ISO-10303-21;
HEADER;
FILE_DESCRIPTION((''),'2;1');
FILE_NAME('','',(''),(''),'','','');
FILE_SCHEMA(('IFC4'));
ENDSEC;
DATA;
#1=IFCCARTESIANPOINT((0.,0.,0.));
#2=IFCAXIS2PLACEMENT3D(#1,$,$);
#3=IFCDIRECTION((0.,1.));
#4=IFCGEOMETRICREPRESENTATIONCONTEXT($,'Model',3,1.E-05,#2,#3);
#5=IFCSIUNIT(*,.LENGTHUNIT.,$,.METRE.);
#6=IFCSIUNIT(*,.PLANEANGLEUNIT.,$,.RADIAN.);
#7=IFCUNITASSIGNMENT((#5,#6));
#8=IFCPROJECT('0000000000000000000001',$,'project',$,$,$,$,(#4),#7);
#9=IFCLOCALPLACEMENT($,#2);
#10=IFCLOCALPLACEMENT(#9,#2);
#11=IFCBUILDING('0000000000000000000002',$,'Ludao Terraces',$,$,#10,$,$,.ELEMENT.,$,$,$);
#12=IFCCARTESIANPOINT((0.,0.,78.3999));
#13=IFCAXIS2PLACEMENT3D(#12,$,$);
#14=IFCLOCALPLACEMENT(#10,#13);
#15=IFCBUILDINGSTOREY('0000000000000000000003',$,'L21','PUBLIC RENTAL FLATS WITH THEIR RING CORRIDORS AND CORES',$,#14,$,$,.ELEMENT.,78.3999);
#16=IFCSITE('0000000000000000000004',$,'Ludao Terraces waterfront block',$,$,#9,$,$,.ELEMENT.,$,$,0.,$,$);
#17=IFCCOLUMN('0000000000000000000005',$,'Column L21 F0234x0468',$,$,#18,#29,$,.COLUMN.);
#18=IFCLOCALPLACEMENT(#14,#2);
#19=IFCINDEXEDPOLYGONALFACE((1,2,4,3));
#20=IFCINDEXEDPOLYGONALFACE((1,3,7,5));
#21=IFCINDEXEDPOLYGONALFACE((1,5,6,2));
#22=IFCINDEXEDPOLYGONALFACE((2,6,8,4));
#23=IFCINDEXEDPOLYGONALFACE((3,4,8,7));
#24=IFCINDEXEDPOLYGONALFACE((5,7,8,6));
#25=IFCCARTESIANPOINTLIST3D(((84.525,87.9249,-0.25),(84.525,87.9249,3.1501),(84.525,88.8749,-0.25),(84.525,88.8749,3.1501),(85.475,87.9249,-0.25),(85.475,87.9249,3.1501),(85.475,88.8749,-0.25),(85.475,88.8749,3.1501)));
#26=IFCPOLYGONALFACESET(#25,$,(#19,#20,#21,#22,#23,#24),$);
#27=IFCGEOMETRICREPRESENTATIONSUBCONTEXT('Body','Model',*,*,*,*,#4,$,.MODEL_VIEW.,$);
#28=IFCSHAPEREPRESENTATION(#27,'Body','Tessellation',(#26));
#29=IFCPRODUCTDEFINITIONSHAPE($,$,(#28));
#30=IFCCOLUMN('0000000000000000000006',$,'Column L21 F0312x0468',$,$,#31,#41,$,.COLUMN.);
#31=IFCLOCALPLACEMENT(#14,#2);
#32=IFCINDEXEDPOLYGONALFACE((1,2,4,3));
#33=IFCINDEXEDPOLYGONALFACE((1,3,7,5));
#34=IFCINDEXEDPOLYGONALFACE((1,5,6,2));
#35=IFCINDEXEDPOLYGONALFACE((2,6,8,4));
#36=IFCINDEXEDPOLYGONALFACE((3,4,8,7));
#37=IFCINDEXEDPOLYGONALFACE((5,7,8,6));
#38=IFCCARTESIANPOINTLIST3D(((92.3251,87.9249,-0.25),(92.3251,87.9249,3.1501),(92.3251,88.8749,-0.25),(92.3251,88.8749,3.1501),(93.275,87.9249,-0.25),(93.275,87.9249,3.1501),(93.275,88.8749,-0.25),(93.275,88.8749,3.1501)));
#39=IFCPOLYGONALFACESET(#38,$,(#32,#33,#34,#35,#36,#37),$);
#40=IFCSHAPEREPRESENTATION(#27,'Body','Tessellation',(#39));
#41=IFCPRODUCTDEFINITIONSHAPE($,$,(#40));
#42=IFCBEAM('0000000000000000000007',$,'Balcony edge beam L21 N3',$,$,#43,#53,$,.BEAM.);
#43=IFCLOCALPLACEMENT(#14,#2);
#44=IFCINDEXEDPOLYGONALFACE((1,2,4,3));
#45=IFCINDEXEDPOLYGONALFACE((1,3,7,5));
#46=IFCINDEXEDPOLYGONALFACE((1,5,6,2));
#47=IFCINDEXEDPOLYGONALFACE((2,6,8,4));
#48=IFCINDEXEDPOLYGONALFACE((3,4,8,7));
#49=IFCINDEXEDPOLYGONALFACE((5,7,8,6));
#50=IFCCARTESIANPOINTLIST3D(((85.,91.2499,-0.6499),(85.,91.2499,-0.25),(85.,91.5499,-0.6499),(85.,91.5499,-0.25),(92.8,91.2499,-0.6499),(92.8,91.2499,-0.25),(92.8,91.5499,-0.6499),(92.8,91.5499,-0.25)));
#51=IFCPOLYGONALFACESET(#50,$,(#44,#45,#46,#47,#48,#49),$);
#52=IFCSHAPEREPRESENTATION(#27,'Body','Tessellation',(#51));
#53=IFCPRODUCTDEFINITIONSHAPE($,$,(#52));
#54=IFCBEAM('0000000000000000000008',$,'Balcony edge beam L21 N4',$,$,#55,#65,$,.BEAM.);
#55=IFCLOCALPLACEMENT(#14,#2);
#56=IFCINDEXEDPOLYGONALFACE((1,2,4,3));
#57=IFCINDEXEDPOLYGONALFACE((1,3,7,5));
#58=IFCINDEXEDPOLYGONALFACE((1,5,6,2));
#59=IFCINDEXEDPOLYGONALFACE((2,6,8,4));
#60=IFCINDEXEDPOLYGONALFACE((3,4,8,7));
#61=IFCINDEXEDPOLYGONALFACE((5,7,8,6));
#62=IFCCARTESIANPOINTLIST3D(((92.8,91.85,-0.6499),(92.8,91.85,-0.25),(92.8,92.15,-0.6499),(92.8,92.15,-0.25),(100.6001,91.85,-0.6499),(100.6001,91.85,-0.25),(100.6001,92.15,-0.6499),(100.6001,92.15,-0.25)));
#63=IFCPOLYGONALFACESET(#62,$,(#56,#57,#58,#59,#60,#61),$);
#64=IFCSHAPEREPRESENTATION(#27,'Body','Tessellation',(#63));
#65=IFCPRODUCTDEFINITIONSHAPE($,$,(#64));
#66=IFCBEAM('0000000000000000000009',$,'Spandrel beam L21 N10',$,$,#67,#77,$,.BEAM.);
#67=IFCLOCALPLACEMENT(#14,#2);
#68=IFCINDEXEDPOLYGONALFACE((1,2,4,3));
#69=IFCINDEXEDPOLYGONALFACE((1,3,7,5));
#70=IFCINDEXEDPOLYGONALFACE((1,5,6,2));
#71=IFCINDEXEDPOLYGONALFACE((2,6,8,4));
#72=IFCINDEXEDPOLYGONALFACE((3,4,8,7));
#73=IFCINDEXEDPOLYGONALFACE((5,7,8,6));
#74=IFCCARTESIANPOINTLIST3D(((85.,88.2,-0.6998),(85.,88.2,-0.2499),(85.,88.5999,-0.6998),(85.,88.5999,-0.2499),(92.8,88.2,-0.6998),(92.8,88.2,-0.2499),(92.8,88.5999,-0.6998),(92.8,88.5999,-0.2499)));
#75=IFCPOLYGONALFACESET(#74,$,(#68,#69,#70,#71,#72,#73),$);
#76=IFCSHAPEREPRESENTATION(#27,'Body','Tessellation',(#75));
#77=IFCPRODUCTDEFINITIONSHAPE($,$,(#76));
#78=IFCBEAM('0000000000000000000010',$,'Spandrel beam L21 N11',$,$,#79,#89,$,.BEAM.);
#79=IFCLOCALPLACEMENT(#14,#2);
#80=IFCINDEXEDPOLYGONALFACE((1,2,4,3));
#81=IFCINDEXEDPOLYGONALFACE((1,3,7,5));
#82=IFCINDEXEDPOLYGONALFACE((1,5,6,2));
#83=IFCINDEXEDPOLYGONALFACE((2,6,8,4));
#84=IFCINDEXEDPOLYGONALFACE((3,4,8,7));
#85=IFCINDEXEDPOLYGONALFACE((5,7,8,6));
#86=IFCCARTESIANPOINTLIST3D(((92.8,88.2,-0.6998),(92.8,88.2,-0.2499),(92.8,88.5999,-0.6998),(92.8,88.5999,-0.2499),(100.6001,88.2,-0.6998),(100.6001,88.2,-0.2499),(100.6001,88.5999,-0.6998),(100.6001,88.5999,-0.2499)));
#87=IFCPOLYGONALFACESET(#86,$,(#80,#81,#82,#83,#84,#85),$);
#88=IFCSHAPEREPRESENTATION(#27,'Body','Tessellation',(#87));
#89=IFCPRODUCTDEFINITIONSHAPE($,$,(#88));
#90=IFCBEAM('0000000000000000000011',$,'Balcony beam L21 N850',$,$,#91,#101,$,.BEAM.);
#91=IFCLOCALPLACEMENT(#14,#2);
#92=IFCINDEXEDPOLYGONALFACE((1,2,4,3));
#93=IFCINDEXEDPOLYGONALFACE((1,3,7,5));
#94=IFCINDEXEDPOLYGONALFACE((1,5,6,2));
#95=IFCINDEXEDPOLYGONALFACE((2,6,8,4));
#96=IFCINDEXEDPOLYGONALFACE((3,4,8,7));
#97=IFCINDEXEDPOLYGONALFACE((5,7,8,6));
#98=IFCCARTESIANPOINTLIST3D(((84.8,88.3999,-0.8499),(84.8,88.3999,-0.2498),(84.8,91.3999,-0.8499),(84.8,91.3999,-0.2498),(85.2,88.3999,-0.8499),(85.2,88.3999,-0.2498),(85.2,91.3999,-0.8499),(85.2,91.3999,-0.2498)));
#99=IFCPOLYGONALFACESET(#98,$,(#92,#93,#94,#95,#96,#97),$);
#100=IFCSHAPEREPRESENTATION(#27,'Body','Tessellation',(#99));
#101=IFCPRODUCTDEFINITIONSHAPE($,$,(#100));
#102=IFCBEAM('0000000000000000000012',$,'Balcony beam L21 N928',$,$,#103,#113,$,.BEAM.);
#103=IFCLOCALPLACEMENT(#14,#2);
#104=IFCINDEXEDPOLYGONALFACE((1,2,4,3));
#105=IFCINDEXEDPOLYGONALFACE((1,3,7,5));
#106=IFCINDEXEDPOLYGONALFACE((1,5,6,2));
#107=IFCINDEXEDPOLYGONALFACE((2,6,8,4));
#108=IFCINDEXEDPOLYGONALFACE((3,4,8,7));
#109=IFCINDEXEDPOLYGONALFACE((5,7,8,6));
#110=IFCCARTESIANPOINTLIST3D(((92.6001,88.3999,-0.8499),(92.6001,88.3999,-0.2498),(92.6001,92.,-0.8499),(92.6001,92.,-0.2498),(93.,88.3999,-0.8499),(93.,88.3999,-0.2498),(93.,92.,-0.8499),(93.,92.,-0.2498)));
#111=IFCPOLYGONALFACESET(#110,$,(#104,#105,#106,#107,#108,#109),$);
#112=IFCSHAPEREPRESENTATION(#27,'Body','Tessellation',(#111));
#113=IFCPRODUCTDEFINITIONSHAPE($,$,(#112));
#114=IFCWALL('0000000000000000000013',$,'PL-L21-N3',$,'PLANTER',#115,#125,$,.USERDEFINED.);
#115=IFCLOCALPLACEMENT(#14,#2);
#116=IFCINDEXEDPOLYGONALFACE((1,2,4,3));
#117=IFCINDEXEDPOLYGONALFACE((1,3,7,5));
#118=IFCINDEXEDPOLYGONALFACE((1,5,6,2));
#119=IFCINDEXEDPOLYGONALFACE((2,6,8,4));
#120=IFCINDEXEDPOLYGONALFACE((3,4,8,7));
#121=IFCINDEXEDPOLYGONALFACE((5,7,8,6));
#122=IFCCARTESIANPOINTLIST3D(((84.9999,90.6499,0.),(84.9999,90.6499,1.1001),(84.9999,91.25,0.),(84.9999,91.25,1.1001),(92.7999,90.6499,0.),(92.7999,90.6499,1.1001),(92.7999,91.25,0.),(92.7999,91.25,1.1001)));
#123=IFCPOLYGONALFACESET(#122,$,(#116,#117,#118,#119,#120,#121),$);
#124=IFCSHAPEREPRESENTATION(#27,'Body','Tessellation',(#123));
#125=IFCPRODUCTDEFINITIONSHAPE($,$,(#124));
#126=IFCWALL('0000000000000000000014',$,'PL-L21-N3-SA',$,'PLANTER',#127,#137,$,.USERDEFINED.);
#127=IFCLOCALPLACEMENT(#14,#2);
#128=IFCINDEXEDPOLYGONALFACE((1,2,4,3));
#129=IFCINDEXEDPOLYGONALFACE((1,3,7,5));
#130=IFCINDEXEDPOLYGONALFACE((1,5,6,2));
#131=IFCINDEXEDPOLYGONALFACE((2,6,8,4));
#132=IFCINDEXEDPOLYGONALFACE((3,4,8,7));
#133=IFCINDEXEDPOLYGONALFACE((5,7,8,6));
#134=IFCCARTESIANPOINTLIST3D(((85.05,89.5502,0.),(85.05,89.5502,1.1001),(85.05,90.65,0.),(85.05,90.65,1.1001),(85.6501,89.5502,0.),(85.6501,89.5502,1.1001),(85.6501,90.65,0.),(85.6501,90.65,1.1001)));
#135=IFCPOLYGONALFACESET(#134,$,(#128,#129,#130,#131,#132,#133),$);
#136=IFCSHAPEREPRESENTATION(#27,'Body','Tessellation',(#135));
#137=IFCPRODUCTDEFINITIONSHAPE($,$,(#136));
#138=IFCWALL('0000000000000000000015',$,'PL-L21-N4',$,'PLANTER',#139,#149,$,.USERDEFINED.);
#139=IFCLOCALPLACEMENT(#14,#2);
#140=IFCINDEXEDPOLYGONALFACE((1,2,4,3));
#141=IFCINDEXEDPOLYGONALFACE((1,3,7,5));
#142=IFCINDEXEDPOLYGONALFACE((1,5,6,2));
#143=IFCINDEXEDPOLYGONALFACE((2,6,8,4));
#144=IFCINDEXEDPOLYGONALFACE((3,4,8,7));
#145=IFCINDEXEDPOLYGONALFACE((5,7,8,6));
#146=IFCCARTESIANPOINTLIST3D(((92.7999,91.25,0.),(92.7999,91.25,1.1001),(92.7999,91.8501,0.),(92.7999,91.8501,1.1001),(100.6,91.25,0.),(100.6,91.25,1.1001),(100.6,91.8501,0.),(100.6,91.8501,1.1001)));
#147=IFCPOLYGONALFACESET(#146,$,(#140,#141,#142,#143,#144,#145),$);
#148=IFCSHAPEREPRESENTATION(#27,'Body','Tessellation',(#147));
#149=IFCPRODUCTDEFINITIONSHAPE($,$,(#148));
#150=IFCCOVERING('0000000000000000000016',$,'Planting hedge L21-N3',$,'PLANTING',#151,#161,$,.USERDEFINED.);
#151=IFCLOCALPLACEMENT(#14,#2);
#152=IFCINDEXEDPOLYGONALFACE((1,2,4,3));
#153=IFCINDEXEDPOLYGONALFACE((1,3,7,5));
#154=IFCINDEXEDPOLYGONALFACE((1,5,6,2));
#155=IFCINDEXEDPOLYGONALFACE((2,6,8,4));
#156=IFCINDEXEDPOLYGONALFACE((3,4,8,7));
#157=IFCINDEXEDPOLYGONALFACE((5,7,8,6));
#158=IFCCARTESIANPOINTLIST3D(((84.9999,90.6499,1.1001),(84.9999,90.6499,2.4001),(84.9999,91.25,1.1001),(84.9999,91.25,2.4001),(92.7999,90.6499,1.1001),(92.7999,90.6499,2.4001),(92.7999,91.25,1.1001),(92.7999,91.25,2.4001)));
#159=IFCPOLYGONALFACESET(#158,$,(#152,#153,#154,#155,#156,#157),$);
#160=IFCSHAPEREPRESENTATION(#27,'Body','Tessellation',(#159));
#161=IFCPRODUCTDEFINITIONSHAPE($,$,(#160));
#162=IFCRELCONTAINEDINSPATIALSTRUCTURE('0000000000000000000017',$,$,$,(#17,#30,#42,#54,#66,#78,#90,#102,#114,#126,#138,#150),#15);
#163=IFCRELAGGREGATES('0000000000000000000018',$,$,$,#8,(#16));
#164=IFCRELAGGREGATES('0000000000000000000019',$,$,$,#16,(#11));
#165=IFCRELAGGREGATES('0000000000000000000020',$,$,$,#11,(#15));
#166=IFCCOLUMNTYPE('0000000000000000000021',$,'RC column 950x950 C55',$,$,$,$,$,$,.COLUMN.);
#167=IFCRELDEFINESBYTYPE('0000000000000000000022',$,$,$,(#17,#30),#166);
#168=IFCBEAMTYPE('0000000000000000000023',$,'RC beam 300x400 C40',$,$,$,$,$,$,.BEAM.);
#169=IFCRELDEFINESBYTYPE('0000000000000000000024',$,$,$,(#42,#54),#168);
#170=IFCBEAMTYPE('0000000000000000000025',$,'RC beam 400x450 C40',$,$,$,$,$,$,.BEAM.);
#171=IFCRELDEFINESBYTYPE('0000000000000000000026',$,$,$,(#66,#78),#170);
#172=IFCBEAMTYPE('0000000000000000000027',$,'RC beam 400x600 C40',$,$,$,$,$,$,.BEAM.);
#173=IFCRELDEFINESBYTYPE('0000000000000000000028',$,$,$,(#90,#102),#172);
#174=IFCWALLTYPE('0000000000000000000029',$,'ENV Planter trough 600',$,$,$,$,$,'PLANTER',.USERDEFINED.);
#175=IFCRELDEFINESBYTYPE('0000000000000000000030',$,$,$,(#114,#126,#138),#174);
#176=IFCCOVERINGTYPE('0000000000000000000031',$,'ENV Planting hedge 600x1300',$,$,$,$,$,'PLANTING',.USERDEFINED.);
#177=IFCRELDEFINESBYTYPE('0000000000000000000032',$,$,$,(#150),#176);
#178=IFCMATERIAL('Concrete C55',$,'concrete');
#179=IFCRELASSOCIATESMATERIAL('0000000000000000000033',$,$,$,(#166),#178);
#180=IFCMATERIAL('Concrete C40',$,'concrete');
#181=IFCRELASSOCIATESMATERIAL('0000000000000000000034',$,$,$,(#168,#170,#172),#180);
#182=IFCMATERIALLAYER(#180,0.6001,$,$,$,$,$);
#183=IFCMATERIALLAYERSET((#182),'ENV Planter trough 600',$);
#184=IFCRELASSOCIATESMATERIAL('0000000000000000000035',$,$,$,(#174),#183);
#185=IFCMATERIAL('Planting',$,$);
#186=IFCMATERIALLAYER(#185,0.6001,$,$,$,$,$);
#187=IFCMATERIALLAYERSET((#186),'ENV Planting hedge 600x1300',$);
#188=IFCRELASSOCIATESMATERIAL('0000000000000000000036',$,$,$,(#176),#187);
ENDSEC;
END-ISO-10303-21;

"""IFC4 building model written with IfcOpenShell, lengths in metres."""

from ifc_helpers import new_model, si_unit, direction, frame, frame_2d, origin, origin_2d, place, context, subcontext, project, spatial, rectangle, extrude, material, layer, layer_set, material_profile, profile_set, type_object, element, save


model = new_model("IFC4")

# Units and contexts
model_context = context("Model", 3, precision=1e-05, world=origin(), true_north=direction((0.0, 1.0)))
body_context = subcontext(model_context, "Body", "Model", "MODEL_VIEW")
ifc_project = project(units=[si_unit("LENGTHUNIT", "METRE"), si_unit("PLANEANGLEUNIT", "RADIAN")], contexts=[model_context])

# Site, building, storey
site_placement = place(None, origin())
site = spatial("IfcSite", under=ifc_project, at=site_placement, Name="Ludao Terraces waterfront block", CompositionType="ELEMENT", RefElevation=0.0)
building_placement = place(site_placement, origin())
building = spatial("IfcBuilding", under=site, at=building_placement, Name="Ludao Terraces", CompositionType="ELEMENT")
storey_placement = place(building_placement, frame((0.0, 0.0, 78.3999)))
storey = spatial("IfcBuildingStorey", under=building, at=storey_placement, Name="L21", Description="PUBLIC RENTAL FLATS WITH THEIR RING CORRIDORS AND CORES", CompositionType="ELEMENT", Elevation=78.3999)

# Columns
ifc_material_1 = material(Name="Concrete C55", Category="concrete")
ifc_material_profile_1 = material_profile(ifc_material_1, rectangle(XDim=0.95, YDim=0.95, at=origin_2d()), Name="950 X 950")
ifc_profile_set_1 = profile_set([ifc_material_profile_1], Name="Concrete C55")
column_type = type_object("IfcColumnType", Name="RC column 950x950 C55", PredefinedType="COLUMN", material=ifc_profile_set_1)
for number, where, z_axis, x_axis, name in (
    (1, (85.0, 88.3999, -0.25), (0.0, 0.0, 1.0), (1.0, 0.0, 0.0), "Column L21 F0234x0468"),
    (2, (92.8, 88.3999, -0.25), (0.0, 0.0, 1.0), (1.0, 0.0, 0.0), "Column L21 F0312x0468"),
):
    element("IfcColumn", number, at=place(storey_placement, frame(where, z_axis=z_axis, x_axis=x_axis)), inside=storey, type_object=column_type, Name=name, PredefinedType="COLUMN", context=body_context, shape_type="SweptSolid", body=[
        extrude(rectangle(XDim=0.95, YDim=0.95, at=origin_2d()), origin(), (0.0, 0.0, 1.0), 3.4001),
    ])

# Beams
ifc_material_2 = material(Name="Concrete C40", Category="concrete")
ifc_material_profile_2 = material_profile(ifc_material_2, rectangle(XDim=0.3, YDim=0.3999, at=origin_2d()), Name="300 X 400")
ifc_profile_set_2 = profile_set([ifc_material_profile_2], Name="Concrete C40")
beam_type_1 = type_object("IfcBeamType", Name="RC beam 300x400 C40", PredefinedType="BEAM", material=ifc_profile_set_2)
for number, where, z_axis, x_axis, name in (
    (3, (85.0, 91.3999, -0.45), (1.0, 0.0, 0.0), (0.0, 1.0, 0.0), "Balcony edge beam L21 N3"),
    (4, (92.8, 92.0, -0.45), (1.0, 0.0, 0.0), (0.0, 1.0, 0.0), "Balcony edge beam L21 N4"),
):
    element("IfcBeam", number, at=place(storey_placement, frame(where, z_axis=z_axis, x_axis=x_axis)), inside=storey, type_object=beam_type_1, Name=name, PredefinedType="BEAM", context=body_context, shape_type="SweptSolid", body=[
        extrude(rectangle(XDim=0.3, YDim=0.3999, at=origin_2d()), origin(), (0.0, 0.0, 1.0), 7.8),
    ])
ifc_material_profile_3 = material_profile(ifc_material_2, rectangle(XDim=0.3999, YDim=0.45, at=origin_2d()), Name="400 X 450")
ifc_profile_set_3 = profile_set([ifc_material_profile_3], Name="Concrete C40")
beam_type_2 = type_object("IfcBeamType", Name="RC beam 400x450 C40", PredefinedType="BEAM", material=ifc_profile_set_3)
for number, where, z_axis, x_axis, name in (
    (5, (85.0, 88.3999, -0.4749), (1.0, 0.0, 0.0), (0.0, 1.0, 0.0), "Spandrel beam L21 N10"),
    (6, (92.8, 88.3999, -0.4749), (1.0, 0.0, 0.0), (0.0, 1.0, 0.0), "Spandrel beam L21 N11"),
):
    element("IfcBeam", number, at=place(storey_placement, frame(where, z_axis=z_axis, x_axis=x_axis)), inside=storey, type_object=beam_type_2, Name=name, PredefinedType="BEAM", context=body_context, shape_type="SweptSolid", body=[
        extrude(rectangle(XDim=0.3999, YDim=0.45, at=origin_2d()), origin(), (0.0, 0.0, 1.0), 7.8),
    ])
ifc_material_profile_4 = material_profile(ifc_material_2, rectangle(XDim=0.3999, YDim=0.6001, at=origin_2d()), Name="400 X 600")
ifc_profile_set_4 = profile_set([ifc_material_profile_4], Name="Concrete C40")
beam_type_3 = type_object("IfcBeamType", Name="RC beam 400x600 C40", PredefinedType="BEAM", material=ifc_profile_set_4)
beam_1_placement = place(storey_placement, frame((85.0, 88.3999, -0.5498), z_axis=(0.0, 1.0, 0.0), x_axis=(-1.0, 0.0, 0.0)))
element("IfcBeam", 7, at=beam_1_placement, inside=storey, type_object=beam_type_3, Name="Balcony beam L21 N850", PredefinedType="BEAM", context=body_context, shape_type="SweptSolid", body=[
    extrude(rectangle(XDim=0.3999, YDim=0.6001, at=origin_2d()), origin(), (0.0, 0.0, 1.0), 3.0),
])
beam_2_placement = place(storey_placement, frame((92.8, 88.3999, -0.5498), z_axis=(0.0, 1.0, 0.0), x_axis=(-1.0, 0.0, 0.0)))
element("IfcBeam", 8, at=beam_2_placement, inside=storey, type_object=beam_type_3, Name="Balcony beam L21 N928", PredefinedType="BEAM", context=body_context, shape_type="SweptSolid", body=[
    extrude(rectangle(XDim=0.3999, YDim=0.6001, at=origin_2d()), origin(), (0.0, 0.0, 1.0), 3.6001),
])

# Walls
ifc_layer_1 = layer(ifc_material_2, 0.6001)
ifc_layer_set_1 = layer_set([ifc_layer_1], Name="ENV Planter trough 600")
wall_type = type_object("IfcWallType", Name="ENV Planter trough 600", ElementType="PLANTER", PredefinedType="USERDEFINED", material=ifc_layer_set_1)
wall_1_placement = place(storey_placement, frame((85.0, 90.95, 0.0), z_axis=(0.0, 0.0, 1.0), x_axis=(1.0, 0.0, 0.0)))
element("IfcWall", 9, at=wall_1_placement, inside=storey, type_object=wall_type, Name="PL-L21-N3", ObjectType="PLANTER", PredefinedType="USERDEFINED", context=body_context, shape_type="SweptSolid", body=[
    extrude(rectangle(XDim=7.8, YDim=0.6001, at=frame_2d((3.8999, 0.0))), origin(), (0.0, 0.0, 1.0), 1.1001),
])
wall_2_placement = place(storey_placement, frame((85.3501, 90.6499, 0.0), z_axis=(0.0, 0.0, 1.0), x_axis=(0.0, -1.0, 0.0)))
element("IfcWall", 10, at=wall_2_placement, inside=storey, type_object=wall_type, Name="PL-L21-N3-SA", ObjectType="PLANTER", PredefinedType="USERDEFINED", context=body_context, shape_type="SweptSolid", body=[
    extrude(rectangle(XDim=1.0999, YDim=0.6001, at=frame_2d((0.5498, 0.0))), origin(), (0.0, 0.0, 1.0), 1.1001),
])
wall_3_placement = place(storey_placement, frame((92.8, 91.55, 0.0), z_axis=(0.0, 0.0, 1.0), x_axis=(1.0, 0.0, 0.0)))
element("IfcWall", 11, at=wall_3_placement, inside=storey, type_object=wall_type, Name="PL-L21-N4", ObjectType="PLANTER", PredefinedType="USERDEFINED", context=body_context, shape_type="SweptSolid", body=[
    extrude(rectangle(XDim=7.8, YDim=0.6001, at=frame_2d((3.8999, 0.0))), origin(), (0.0, 0.0, 1.0), 1.1001),
])

# Covering
ifc_material_3 = material(Name="Planting")
ifc_layer_2 = layer(ifc_material_3, 0.6001)
ifc_layer_set_2 = layer_set([ifc_layer_2], Name="ENV Planting hedge 600x1300")
covering_type = type_object("IfcCoveringType", Name="ENV Planting hedge 600x1300", ElementType="PLANTING", PredefinedType="USERDEFINED", material=ifc_layer_set_2)
covering_placement = place(storey_placement, frame((88.8999, 90.95, 1.1001), z_axis=(0.0, 0.0, 1.0), x_axis=(1.0, 0.0, 0.0)))
element("IfcCovering", 12, at=covering_placement, inside=storey, type_object=covering_type, Name="Planting hedge L21-N3", ObjectType="PLANTING", PredefinedType="USERDEFINED", context=body_context, shape_type="SweptSolid", body=[
    extrude(rectangle(XDim=7.8, YDim=0.6001, at=origin_2d()), origin(), (0.0, 0.0, 1.0), 1.3),
])

save(model, "model.ifc")
